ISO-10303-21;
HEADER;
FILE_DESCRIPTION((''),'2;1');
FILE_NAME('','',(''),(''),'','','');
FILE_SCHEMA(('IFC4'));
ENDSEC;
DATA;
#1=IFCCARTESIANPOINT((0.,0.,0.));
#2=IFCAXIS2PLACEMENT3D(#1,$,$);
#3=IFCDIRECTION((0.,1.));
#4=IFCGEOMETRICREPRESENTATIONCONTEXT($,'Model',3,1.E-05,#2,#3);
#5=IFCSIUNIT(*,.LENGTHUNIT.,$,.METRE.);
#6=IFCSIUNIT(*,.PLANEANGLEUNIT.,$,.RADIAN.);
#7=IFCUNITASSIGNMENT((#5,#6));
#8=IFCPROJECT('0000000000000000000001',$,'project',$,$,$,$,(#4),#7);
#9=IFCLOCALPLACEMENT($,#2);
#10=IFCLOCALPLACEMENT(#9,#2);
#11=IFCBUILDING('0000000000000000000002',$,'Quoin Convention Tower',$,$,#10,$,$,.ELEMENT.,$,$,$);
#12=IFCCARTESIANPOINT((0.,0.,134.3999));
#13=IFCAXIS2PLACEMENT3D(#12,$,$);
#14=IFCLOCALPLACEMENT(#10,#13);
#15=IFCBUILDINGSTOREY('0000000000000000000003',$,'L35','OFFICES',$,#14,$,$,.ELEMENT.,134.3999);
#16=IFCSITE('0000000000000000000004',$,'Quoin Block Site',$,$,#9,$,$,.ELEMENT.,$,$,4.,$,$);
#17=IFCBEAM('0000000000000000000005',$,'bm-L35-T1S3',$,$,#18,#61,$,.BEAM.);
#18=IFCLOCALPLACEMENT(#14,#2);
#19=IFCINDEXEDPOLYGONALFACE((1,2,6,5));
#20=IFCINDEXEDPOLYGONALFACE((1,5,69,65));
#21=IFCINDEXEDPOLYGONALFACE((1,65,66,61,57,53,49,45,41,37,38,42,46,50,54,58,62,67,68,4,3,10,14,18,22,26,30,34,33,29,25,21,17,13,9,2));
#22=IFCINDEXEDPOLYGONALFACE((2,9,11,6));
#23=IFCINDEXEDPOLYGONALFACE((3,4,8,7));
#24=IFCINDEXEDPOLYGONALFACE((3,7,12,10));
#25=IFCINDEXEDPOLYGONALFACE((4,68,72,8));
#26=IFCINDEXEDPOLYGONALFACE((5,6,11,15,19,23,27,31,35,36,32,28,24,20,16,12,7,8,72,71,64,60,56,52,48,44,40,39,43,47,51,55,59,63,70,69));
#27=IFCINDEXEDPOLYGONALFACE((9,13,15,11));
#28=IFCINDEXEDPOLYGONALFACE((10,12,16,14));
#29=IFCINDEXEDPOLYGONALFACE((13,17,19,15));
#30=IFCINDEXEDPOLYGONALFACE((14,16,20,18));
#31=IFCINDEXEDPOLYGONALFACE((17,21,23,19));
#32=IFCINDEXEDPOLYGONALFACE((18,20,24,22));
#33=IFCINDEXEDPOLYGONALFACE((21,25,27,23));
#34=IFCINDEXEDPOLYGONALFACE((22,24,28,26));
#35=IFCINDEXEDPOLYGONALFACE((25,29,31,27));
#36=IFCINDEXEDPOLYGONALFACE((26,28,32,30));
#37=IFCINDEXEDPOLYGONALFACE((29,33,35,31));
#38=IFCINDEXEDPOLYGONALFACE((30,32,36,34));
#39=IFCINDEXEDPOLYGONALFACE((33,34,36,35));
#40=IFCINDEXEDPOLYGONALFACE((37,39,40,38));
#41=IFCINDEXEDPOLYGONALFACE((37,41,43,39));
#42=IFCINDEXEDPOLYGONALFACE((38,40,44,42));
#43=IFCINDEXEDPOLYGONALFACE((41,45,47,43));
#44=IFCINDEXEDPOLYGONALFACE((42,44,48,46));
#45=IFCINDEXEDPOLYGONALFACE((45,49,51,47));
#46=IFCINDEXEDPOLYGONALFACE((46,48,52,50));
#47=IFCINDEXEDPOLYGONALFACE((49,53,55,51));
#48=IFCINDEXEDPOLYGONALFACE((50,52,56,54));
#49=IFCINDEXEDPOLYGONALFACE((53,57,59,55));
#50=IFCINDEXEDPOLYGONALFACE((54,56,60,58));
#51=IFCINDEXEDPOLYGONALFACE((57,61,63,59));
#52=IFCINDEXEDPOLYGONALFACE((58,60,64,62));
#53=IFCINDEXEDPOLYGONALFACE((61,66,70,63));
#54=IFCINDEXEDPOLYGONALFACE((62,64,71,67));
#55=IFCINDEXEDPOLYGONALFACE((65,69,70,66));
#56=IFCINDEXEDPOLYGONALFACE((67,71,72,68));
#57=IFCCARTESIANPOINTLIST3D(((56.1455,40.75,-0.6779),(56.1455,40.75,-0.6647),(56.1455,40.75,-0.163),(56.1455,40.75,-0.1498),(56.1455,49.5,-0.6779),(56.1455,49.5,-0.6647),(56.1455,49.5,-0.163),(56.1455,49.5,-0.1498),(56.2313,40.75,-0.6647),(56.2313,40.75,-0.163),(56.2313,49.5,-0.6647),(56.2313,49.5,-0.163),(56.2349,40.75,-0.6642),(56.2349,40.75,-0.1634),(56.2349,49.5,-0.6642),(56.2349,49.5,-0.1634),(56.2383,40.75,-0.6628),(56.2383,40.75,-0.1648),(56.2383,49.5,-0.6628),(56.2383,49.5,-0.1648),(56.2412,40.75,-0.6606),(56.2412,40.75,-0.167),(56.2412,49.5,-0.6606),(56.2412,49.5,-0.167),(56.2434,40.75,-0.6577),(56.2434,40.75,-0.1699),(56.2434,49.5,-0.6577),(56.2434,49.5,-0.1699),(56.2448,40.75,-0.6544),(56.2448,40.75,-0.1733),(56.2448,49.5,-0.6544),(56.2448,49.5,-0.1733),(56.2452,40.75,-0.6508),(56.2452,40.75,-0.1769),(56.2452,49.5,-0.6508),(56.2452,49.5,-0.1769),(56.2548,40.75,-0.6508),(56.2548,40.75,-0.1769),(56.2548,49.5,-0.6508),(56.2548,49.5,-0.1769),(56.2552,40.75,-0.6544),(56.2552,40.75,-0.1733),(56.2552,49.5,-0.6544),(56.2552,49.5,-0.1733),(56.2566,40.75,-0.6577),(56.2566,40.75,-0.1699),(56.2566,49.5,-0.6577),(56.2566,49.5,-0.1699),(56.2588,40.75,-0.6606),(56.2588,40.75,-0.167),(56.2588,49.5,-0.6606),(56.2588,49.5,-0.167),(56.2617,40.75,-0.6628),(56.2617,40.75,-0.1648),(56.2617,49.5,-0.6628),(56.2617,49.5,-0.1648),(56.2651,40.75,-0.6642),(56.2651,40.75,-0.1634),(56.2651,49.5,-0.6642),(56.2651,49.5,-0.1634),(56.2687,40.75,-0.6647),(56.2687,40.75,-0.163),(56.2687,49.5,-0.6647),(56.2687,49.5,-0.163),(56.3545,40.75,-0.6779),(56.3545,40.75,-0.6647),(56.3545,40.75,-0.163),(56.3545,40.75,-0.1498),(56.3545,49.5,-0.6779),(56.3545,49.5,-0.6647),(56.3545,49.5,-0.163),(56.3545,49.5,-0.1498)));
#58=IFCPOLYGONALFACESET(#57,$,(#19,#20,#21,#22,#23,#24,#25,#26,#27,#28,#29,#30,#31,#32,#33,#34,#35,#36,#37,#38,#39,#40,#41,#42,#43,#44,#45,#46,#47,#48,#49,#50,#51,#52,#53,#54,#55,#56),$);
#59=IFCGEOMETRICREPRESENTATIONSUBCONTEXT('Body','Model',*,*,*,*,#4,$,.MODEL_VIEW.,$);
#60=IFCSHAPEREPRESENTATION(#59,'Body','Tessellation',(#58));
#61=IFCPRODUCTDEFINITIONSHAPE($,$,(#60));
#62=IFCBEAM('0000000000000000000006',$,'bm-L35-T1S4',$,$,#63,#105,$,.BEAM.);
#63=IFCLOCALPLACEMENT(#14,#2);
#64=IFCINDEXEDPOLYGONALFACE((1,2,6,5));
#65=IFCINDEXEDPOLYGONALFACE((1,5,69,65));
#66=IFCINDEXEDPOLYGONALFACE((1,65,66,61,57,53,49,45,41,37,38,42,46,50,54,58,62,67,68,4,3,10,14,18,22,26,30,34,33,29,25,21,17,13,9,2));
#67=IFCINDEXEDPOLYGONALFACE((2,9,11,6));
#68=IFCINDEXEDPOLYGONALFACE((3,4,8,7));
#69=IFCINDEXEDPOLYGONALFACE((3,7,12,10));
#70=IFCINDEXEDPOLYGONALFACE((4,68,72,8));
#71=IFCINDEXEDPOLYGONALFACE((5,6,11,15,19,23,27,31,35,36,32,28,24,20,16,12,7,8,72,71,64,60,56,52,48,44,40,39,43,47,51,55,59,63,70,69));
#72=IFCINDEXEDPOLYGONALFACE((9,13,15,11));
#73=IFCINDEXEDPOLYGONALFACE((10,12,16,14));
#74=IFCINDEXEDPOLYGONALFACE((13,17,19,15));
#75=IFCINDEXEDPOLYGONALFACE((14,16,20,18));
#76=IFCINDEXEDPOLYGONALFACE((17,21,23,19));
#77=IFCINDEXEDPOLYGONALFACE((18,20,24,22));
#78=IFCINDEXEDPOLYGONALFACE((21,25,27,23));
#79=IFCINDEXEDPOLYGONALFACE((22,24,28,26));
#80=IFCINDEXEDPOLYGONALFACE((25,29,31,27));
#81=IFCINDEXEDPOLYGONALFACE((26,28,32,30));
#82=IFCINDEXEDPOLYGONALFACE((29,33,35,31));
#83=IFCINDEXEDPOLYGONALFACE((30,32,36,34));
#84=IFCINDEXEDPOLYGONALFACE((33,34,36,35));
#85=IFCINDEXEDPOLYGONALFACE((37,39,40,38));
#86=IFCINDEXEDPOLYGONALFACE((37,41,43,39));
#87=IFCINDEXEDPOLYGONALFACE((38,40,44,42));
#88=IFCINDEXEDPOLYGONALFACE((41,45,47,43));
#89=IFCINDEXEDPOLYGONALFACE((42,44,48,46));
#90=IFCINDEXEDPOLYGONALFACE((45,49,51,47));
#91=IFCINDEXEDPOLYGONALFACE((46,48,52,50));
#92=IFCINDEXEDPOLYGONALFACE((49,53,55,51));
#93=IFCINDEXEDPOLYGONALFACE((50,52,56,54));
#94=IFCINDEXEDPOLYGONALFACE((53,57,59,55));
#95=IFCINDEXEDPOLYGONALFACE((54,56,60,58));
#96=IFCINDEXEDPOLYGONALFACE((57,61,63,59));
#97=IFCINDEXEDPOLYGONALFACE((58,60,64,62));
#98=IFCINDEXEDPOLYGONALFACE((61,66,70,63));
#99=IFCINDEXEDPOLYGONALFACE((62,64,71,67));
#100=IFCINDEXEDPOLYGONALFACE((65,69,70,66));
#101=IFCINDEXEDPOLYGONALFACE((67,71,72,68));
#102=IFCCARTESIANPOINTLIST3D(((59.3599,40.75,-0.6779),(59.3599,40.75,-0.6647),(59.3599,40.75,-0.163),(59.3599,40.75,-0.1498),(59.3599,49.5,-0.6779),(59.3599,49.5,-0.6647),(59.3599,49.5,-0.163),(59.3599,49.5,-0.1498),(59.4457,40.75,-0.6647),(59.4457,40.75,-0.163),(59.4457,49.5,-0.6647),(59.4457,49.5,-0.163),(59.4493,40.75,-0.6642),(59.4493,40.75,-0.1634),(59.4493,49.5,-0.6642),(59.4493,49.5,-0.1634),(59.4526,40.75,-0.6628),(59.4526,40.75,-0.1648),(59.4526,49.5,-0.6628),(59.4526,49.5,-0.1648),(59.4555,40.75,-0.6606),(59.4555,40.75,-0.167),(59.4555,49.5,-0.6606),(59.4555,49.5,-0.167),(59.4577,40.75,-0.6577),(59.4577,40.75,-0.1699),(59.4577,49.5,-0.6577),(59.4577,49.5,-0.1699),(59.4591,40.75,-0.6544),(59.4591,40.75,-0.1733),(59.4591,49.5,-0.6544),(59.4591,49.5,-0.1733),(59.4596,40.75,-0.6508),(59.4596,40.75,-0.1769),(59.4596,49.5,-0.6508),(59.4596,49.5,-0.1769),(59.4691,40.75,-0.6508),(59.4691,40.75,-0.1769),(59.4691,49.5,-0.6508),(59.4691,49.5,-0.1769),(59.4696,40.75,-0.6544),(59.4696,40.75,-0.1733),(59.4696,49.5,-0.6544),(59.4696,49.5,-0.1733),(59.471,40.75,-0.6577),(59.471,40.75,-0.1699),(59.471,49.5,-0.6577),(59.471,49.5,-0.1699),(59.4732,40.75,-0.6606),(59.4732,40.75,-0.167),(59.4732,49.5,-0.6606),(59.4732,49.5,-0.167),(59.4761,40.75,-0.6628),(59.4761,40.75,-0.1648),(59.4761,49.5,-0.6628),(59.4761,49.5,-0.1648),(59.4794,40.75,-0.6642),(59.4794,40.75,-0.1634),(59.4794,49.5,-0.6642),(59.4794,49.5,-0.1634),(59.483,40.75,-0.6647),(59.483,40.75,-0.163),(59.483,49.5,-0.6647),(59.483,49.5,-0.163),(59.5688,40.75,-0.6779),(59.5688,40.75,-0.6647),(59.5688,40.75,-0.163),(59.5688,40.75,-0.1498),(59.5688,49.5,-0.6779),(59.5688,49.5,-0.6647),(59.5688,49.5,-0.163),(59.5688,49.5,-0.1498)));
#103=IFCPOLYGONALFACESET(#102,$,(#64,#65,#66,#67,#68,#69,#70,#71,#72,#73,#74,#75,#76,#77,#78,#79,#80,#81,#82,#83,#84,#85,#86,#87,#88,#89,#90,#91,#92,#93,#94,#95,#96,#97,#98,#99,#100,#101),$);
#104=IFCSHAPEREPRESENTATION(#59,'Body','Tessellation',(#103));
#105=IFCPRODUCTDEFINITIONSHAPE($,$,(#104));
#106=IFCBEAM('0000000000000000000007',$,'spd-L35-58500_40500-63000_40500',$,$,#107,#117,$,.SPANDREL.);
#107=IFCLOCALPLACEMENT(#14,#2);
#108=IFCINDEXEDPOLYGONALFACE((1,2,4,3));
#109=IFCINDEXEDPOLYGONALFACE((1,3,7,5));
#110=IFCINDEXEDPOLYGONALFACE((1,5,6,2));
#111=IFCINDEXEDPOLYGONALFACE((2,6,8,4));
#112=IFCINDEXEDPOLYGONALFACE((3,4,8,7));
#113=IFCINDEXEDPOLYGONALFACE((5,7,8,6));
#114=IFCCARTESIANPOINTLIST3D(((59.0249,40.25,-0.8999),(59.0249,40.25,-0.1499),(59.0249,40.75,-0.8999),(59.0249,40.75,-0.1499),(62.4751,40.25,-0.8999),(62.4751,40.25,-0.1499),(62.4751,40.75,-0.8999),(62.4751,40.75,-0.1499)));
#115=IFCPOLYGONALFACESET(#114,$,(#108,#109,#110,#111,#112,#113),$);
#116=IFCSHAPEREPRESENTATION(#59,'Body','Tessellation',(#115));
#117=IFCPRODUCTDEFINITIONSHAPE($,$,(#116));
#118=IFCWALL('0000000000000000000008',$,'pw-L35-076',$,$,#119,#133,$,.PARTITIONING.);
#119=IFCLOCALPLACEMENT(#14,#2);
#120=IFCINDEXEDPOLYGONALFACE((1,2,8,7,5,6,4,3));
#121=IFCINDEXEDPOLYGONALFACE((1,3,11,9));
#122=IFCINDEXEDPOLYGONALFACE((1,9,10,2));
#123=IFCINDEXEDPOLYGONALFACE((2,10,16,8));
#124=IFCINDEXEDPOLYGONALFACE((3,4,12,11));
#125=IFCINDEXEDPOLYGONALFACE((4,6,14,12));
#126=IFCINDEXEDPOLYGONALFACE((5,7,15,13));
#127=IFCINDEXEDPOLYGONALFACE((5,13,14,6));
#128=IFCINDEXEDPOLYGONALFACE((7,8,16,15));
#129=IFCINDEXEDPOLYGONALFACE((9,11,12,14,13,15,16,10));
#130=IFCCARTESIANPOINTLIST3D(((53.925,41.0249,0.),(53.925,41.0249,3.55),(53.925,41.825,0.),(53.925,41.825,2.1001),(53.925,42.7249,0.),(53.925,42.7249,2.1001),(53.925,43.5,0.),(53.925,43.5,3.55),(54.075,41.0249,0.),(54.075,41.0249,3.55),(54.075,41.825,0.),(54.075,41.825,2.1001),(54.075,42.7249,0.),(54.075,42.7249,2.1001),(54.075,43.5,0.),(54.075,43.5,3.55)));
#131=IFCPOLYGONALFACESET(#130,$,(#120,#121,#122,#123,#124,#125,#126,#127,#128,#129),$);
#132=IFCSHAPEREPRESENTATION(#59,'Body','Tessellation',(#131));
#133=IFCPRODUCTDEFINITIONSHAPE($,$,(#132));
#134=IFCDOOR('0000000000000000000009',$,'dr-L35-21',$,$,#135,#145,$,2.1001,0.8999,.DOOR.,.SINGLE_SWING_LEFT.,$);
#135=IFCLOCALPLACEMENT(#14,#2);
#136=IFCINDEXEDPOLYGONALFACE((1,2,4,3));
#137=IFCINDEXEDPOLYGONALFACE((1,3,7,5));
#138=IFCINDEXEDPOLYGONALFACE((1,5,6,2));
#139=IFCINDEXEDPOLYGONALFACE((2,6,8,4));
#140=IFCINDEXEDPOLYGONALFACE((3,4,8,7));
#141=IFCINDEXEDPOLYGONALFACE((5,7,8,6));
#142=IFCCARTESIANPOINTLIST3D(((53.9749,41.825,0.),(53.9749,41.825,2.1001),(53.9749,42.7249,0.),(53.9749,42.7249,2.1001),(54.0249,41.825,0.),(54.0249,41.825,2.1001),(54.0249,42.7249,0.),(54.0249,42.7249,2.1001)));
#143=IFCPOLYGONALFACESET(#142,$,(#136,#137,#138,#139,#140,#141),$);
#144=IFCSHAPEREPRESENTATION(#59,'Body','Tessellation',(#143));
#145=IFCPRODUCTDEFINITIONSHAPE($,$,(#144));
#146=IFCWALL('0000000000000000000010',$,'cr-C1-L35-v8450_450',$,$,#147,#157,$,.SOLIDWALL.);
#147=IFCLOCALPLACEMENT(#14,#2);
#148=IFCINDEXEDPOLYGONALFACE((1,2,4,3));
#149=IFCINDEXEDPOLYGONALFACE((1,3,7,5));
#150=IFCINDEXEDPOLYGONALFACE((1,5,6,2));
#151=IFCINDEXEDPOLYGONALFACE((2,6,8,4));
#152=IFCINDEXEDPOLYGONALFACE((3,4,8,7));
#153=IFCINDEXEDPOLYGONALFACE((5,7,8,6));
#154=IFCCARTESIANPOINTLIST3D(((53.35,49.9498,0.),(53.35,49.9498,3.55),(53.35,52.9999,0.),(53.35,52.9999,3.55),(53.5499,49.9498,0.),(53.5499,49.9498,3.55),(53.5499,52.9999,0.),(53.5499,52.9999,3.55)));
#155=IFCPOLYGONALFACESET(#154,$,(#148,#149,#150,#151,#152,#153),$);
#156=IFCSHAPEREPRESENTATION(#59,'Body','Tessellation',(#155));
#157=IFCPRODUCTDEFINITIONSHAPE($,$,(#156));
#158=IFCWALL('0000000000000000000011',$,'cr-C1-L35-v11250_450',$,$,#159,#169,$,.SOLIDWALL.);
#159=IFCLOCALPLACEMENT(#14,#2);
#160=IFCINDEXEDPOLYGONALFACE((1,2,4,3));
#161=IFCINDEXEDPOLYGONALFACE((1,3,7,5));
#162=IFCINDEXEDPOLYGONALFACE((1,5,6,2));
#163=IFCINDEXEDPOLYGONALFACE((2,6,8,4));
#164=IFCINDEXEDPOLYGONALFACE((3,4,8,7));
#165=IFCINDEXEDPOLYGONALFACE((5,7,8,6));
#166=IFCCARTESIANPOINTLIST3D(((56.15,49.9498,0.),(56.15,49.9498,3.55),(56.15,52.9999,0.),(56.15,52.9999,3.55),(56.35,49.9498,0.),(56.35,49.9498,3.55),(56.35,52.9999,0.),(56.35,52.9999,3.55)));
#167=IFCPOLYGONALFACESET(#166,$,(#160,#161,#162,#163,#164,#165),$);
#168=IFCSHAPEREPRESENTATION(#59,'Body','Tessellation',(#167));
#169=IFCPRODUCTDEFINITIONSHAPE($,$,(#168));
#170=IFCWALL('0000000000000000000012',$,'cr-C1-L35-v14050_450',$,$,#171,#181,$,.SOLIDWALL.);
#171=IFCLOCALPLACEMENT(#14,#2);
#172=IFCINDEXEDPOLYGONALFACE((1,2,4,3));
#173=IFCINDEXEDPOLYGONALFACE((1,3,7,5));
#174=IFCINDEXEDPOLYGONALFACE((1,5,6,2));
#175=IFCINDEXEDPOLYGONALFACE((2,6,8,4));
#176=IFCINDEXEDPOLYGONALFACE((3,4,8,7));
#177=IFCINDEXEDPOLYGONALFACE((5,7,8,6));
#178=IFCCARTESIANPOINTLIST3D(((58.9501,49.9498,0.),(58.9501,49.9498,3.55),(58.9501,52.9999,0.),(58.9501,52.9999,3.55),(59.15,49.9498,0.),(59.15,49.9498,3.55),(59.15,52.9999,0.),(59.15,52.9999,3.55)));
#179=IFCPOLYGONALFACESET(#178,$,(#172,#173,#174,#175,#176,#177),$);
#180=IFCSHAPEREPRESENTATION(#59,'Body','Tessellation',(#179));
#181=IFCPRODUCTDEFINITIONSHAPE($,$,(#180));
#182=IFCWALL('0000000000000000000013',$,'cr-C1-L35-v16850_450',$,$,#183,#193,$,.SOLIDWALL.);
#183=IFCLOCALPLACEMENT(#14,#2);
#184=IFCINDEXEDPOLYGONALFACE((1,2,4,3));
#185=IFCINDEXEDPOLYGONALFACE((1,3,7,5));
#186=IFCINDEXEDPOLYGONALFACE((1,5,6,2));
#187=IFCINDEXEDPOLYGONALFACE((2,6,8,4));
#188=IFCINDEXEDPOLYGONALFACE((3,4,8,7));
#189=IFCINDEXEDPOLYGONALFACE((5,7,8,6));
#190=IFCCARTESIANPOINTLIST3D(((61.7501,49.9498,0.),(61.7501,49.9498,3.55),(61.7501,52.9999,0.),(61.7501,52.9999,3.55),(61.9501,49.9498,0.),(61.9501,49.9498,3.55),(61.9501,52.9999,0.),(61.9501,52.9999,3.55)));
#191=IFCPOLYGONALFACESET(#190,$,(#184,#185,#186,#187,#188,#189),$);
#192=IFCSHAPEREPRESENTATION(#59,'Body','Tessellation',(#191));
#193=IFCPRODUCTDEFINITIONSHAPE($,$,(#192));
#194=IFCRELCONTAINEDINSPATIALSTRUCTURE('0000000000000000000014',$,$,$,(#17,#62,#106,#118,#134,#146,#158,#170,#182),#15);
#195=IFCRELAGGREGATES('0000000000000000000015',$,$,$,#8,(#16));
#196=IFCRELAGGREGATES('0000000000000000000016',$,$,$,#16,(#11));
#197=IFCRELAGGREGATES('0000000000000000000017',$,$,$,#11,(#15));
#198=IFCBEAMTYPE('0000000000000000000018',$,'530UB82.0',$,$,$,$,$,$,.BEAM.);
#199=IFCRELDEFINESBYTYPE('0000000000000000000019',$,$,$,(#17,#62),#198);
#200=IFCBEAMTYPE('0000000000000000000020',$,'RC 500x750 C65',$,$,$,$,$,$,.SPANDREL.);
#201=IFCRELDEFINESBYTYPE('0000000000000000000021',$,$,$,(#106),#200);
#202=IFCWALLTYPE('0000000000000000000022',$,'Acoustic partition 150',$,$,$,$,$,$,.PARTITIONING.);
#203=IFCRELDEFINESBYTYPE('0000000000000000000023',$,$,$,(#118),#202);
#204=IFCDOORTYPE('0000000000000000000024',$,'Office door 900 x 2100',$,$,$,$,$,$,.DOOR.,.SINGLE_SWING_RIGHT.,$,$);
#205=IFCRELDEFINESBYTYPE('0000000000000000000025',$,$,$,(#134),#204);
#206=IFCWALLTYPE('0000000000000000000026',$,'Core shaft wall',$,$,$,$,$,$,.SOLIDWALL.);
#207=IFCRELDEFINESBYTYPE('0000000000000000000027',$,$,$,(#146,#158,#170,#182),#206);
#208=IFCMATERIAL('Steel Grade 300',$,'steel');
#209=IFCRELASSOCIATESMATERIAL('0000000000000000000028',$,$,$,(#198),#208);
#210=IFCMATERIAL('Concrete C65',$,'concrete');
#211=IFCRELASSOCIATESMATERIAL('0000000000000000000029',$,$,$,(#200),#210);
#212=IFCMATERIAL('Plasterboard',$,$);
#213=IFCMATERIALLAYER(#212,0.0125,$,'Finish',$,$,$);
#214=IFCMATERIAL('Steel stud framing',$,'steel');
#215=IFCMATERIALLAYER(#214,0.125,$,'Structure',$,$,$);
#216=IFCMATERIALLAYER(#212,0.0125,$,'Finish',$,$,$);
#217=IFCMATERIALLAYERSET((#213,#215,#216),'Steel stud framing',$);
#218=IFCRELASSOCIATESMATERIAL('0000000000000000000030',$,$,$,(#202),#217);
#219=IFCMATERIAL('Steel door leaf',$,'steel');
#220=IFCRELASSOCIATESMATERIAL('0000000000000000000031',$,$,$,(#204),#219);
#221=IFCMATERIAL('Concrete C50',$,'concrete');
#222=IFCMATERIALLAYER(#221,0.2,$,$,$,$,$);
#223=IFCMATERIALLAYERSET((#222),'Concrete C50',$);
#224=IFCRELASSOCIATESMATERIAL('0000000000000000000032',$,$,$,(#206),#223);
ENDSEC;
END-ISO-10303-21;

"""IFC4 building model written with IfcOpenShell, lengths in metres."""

from ifc_helpers import new_model, si_unit, direction, frame, frame_2d, origin, origin_2d, place, context, subcontext, project, spatial, rectangle, i_section, extrude, material, layer, layer_set, material_profile, profile_set, type_object, element, fill, save


model = new_model("IFC4")

# Units and contexts
model_context = context("Model", 3, precision=1e-05, world=origin(), true_north=direction((0.0, 1.0)))
body_context = subcontext(model_context, "Body", "Model", "MODEL_VIEW")
ifc_project = project(units=[si_unit("LENGTHUNIT", "METRE"), si_unit("PLANEANGLEUNIT", "RADIAN")], contexts=[model_context])

# Site, building, storey
site_placement = place(None, origin())
site = spatial("IfcSite", under=ifc_project, at=site_placement, Name="Quoin Block Site", CompositionType="ELEMENT", RefElevation=4.0)
building_placement = place(site_placement, origin())
building = spatial("IfcBuilding", under=site, at=building_placement, Name="Quoin Convention Tower", CompositionType="ELEMENT")
storey_placement = place(building_placement, frame((0.0, 0.0, 134.3999)))
storey = spatial("IfcBuildingStorey", under=building, at=storey_placement, Name="L35", Description="OFFICES", CompositionType="ELEMENT", Elevation=134.3999)

# Beams
ifc_material_1 = material(Name="Steel Grade 300", Category="steel")
ifc_material_profile_1 = material_profile(ifc_material_1, i_section(OverallWidth=0.209, OverallDepth=0.5281, WebThickness=0.0095, FlangeThickness=0.0132, FilletRadius=0.0139, at=origin_2d()), Name="530UB82.0")
ifc_profile_set_1 = profile_set([ifc_material_profile_1], Name="Steel Grade 300")
beam_type_1 = type_object("IfcBeamType", Name="530UB82.0", PredefinedType="BEAM", material=ifc_profile_set_1)
for number, where, z_axis, x_axis, name in (
    (1, (56.25, 40.75, -0.4138), (0.0, 1.0, 0.0), (-1.0, 0.0, 0.0), "bm-L35-T1S3"),
    (2, (59.4644, 40.75, -0.4138), (0.0, 1.0, 0.0), (-1.0, 0.0, 0.0), "bm-L35-T1S4"),
):
    element("IfcBeam", number, at=place(storey_placement, frame(where, z_axis=z_axis, x_axis=x_axis)), inside=storey, type_object=beam_type_1, Name=name, PredefinedType="BEAM", context=body_context, shape_type="SweptSolid", body=[
        extrude(i_section(OverallWidth=0.209, OverallDepth=0.5281, WebThickness=0.0095, FlangeThickness=0.0132, FilletRadius=0.0139, at=origin_2d()), origin(), (0.0, 0.0, 1.0), 8.75),
    ])
ifc_material_2 = material(Name="Concrete C65", Category="concrete")
ifc_material_profile_2 = material_profile(ifc_material_2, rectangle(XDim=0.5, YDim=0.75, at=origin_2d()), Name="RC 500x750")
ifc_profile_set_2 = profile_set([ifc_material_profile_2], Name="Concrete C65")
beam_type_2 = type_object("IfcBeamType", Name="RC 500x750 C65", PredefinedType="SPANDREL", material=ifc_profile_set_2)
beam_placement = place(storey_placement, frame((59.0249, 40.5, -0.5249), z_axis=(1.0, 0.0, 0.0), x_axis=(0.0, 1.0, 0.0)))
element("IfcBeam", 3, at=beam_placement, inside=storey, type_object=beam_type_2, Name="spd-L35-58500_40500-63000_40500", PredefinedType="SPANDREL", context=body_context, shape_type="SweptSolid", body=[
    extrude(rectangle(XDim=0.5, YDim=0.75, at=origin_2d()), origin(), (0.0, 0.0, 1.0), 3.4502),
])

# Wall, opening, door
ifc_material_3 = material(Name="Plasterboard")
ifc_layer_1 = layer(ifc_material_3, 0.0125, Name="Finish")
ifc_material_4 = material(Name="Steel stud framing", Category="steel")
ifc_layer_2 = layer(ifc_material_4, 0.125, Name="Structure")
ifc_layer_3 = layer(ifc_material_3, 0.0125, Name="Finish")
ifc_layer_set_1 = layer_set([ifc_layer_1, ifc_layer_2, ifc_layer_3], Name="Steel stud framing")
wall_type_1 = type_object("IfcWallType", Name="Acoustic partition 150", PredefinedType="PARTITIONING", material=ifc_layer_set_1)
wall_1_placement = place(storey_placement, frame((54.0, 41.0249, 0.0), z_axis=(0.0, 0.0, 1.0), x_axis=(0.0, 1.0, 0.0)))
wall_1 = element("IfcWall", 4, at=wall_1_placement, inside=storey, type_object=wall_type_1, Name="pw-L35-076", PredefinedType="PARTITIONING", context=body_context, shape_type="SweptSolid", body=[
    extrude(rectangle(XDim=2.4751, YDim=0.1499, at=frame_2d((1.2375, 0.0))), origin(), (0.0, 0.0, 1.0), 3.55),
])
opening_1_placement = place(wall_1_placement, frame((0.8, 0.0, 0.0)))
opening_1 = element("IfcOpeningElement", 5, at=opening_1_placement, cuts=wall_1, PredefinedType="OPENING", context=body_context, shape_type="SweptSolid", body=[
    extrude(rectangle(XDim=0.8999, YDim=2.1001, at=frame_2d((0.45, 1.05))), frame((0.0, 0.085, 0.0), z_axis=(0.0, -1.0, 0.0), x_axis=(1.0, 0.0, 0.0)), (0.0, 0.0, 1.0), 0.1699),
])
ifc_material_5 = material(Name="Steel door leaf", Category="steel")
door_type = type_object("IfcDoorType", Name="Office door 900 x 2100", OperationType="SINGLE_SWING_RIGHT", PredefinedType="DOOR", material=ifc_material_5)
door_1_placement = place(opening_1_placement, frame((0.8999, 0.0, 0.0), z_axis=(0.0, 0.0, 1.0), x_axis=(-1.0, 0.0, 0.0)))
door_1 = element("IfcDoor", 6, at=door_1_placement, inside=storey, type_object=door_type, Name="dr-L35-21", OperationType="SINGLE_SWING_LEFT", OverallHeight=2.1001, OverallWidth=0.8999, PredefinedType="DOOR", context=body_context, shape_type="SweptSolid", body=[
    extrude(rectangle(XDim=0.8999, YDim=2.1001, at=frame_2d((0.45, 1.05))), frame((0.0, 0.0249, 0.0), z_axis=(0.0, -1.0, 0.0), x_axis=(1.0, 0.0, 0.0)), (0.0, 0.0, 1.0), 0.05),
])
fill(opening_1, door_1)

# Walls
ifc_material_6 = material(Name="Concrete C50", Category="concrete")
ifc_layer_4 = layer(ifc_material_6, 0.2)
ifc_layer_set_2 = layer_set([ifc_layer_4], Name="Concrete C50")
wall_type_2 = type_object("IfcWallType", Name="Core shaft wall", PredefinedType="SOLIDWALL", material=ifc_layer_set_2)
for number, where, z_axis, x_axis, name in (
    (7, (53.45, 49.95, 0.0), (0.0, 0.0, 1.0), (0.0, 1.0, 0.0), "cr-C1-L35-v8450_450"),
    (8, (56.25, 49.95, 0.0), (0.0, 0.0, 1.0), (0.0, 1.0, 0.0), "cr-C1-L35-v11250_450"),
    (9, (59.05, 49.95, 0.0), (0.0, 0.0, 1.0), (0.0, 1.0, 0.0), "cr-C1-L35-v14050_450"),
    (10, (61.8501, 49.95, 0.0), (0.0, 0.0, 1.0), (0.0, 1.0, 0.0), "cr-C1-L35-v16850_450"),
):
    element("IfcWall", number, at=place(storey_placement, frame(where, z_axis=z_axis, x_axis=x_axis)), inside=storey, type_object=wall_type_2, Name=name, PredefinedType="SOLIDWALL", context=body_context, shape_type="SweptSolid", body=[
        extrude(rectangle(XDim=3.05, YDim=0.2, at=frame_2d((1.5249, 0.0))), origin(), (0.0, 0.0, 1.0), 3.55),
    ])

save(model, "model.ifc")
